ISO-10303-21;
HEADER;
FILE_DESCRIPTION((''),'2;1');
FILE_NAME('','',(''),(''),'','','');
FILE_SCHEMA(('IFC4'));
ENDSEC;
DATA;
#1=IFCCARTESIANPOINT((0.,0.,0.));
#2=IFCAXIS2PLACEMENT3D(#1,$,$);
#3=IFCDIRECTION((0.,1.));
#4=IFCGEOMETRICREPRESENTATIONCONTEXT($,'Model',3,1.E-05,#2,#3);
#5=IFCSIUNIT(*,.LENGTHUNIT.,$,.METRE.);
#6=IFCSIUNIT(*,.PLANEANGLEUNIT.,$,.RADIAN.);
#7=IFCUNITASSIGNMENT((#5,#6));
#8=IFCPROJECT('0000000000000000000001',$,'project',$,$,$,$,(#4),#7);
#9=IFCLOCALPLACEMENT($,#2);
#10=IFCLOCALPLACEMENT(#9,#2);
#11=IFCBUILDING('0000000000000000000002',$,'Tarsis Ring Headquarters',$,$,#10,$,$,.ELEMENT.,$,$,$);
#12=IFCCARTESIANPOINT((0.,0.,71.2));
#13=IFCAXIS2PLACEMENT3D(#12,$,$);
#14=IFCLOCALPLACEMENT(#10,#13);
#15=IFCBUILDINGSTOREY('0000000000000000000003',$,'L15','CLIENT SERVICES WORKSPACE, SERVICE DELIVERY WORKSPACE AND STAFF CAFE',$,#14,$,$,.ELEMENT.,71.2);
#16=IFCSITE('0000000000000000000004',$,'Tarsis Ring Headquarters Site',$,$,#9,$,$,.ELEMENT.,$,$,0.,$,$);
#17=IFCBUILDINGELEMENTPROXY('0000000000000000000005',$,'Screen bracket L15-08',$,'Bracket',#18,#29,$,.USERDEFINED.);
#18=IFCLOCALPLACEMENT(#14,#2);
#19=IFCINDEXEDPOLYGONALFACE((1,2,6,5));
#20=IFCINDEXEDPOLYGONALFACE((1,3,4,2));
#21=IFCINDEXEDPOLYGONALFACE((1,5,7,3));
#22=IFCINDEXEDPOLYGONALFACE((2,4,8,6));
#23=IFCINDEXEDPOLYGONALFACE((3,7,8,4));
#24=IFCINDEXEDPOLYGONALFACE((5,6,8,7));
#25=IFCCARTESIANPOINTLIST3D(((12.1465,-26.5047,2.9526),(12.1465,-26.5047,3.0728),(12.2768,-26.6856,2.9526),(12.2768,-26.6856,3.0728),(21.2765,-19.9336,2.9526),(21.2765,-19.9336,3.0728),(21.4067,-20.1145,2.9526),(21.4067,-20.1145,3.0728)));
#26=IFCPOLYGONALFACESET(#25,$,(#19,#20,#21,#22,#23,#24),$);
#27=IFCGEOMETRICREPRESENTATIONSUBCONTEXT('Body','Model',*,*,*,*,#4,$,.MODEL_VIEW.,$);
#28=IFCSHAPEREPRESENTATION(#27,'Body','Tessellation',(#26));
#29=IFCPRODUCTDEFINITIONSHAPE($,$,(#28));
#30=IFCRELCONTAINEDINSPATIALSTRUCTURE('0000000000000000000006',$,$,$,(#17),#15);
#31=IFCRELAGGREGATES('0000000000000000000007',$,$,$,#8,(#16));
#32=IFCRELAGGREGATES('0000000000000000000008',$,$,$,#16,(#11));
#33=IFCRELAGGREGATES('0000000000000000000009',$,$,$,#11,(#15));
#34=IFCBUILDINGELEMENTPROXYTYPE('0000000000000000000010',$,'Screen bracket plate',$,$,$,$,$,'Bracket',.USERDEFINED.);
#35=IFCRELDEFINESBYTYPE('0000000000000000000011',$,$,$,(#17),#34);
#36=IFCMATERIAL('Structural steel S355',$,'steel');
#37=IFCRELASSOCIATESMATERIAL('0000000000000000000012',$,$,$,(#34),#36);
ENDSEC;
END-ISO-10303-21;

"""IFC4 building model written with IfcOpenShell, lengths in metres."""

from ifc_helpers import new_model, si_unit, direction, frame, origin, origin_2d, place, context, subcontext, project, spatial, rectangle, extrude, material, type_object, element, save


model = new_model("IFC4")

# Units and contexts
model_context = context("Model", 3, precision=1e-05, world=origin(), true_north=direction((0.0, 1.0)))
body_context = subcontext(model_context, "Body", "Model", "MODEL_VIEW")
ifc_project = project(units=[si_unit("LENGTHUNIT", "METRE"), si_unit("PLANEANGLEUNIT", "RADIAN")], contexts=[model_context])

# Site, building, storey
site_placement = place(None, origin())
site = spatial("IfcSite", under=ifc_project, at=site_placement, Name="Tarsis Ring Headquarters Site", CompositionType="ELEMENT", RefElevation=0.0)
building_placement = place(site_placement, origin())
building = spatial("IfcBuilding", under=site, at=building_placement, Name="Tarsis Ring Headquarters", CompositionType="ELEMENT")
storey_placement = place(building_placement, frame((0.0, 0.0, 71.2)))
storey = spatial("IfcBuildingStorey", under=building, at=storey_placement, Name="L15", Description="CLIENT SERVICES WORKSPACE, SERVICE DELIVERY WORKSPACE AND STAFF CAFE", CompositionType="ELEMENT", Elevation=71.2)

# Shared definitions
ifc_material_1 = material(Name="Structural steel S355", Category="steel")

# Building element proxy
building_element_proxy_type = type_object("IfcBuildingElementProxyType", Name="Screen bracket plate", ElementType="Bracket", PredefinedType="USERDEFINED", material=ifc_material_1)
proxy_placement = place(storey_placement, frame((16.7766, -23.3096, 2.9526), z_axis=(0.0, 0.0, 1.0), x_axis=(0.811637, 0.584162, 0.0)))
element("IfcBuildingElementProxy", 1, at=proxy_placement, inside=storey, type_object=building_element_proxy_type, Name="Screen bracket L15-08", ObjectType="Bracket", PredefinedType="USERDEFINED", context=body_context, shape_type="SweptSolid", body=[
    extrude(rectangle(XDim=11.2488, YDim=0.2229, at=origin_2d()), origin(), (0.0, 0.0, 1.0), 0.1201),
])

save(model, "model.ifc")
